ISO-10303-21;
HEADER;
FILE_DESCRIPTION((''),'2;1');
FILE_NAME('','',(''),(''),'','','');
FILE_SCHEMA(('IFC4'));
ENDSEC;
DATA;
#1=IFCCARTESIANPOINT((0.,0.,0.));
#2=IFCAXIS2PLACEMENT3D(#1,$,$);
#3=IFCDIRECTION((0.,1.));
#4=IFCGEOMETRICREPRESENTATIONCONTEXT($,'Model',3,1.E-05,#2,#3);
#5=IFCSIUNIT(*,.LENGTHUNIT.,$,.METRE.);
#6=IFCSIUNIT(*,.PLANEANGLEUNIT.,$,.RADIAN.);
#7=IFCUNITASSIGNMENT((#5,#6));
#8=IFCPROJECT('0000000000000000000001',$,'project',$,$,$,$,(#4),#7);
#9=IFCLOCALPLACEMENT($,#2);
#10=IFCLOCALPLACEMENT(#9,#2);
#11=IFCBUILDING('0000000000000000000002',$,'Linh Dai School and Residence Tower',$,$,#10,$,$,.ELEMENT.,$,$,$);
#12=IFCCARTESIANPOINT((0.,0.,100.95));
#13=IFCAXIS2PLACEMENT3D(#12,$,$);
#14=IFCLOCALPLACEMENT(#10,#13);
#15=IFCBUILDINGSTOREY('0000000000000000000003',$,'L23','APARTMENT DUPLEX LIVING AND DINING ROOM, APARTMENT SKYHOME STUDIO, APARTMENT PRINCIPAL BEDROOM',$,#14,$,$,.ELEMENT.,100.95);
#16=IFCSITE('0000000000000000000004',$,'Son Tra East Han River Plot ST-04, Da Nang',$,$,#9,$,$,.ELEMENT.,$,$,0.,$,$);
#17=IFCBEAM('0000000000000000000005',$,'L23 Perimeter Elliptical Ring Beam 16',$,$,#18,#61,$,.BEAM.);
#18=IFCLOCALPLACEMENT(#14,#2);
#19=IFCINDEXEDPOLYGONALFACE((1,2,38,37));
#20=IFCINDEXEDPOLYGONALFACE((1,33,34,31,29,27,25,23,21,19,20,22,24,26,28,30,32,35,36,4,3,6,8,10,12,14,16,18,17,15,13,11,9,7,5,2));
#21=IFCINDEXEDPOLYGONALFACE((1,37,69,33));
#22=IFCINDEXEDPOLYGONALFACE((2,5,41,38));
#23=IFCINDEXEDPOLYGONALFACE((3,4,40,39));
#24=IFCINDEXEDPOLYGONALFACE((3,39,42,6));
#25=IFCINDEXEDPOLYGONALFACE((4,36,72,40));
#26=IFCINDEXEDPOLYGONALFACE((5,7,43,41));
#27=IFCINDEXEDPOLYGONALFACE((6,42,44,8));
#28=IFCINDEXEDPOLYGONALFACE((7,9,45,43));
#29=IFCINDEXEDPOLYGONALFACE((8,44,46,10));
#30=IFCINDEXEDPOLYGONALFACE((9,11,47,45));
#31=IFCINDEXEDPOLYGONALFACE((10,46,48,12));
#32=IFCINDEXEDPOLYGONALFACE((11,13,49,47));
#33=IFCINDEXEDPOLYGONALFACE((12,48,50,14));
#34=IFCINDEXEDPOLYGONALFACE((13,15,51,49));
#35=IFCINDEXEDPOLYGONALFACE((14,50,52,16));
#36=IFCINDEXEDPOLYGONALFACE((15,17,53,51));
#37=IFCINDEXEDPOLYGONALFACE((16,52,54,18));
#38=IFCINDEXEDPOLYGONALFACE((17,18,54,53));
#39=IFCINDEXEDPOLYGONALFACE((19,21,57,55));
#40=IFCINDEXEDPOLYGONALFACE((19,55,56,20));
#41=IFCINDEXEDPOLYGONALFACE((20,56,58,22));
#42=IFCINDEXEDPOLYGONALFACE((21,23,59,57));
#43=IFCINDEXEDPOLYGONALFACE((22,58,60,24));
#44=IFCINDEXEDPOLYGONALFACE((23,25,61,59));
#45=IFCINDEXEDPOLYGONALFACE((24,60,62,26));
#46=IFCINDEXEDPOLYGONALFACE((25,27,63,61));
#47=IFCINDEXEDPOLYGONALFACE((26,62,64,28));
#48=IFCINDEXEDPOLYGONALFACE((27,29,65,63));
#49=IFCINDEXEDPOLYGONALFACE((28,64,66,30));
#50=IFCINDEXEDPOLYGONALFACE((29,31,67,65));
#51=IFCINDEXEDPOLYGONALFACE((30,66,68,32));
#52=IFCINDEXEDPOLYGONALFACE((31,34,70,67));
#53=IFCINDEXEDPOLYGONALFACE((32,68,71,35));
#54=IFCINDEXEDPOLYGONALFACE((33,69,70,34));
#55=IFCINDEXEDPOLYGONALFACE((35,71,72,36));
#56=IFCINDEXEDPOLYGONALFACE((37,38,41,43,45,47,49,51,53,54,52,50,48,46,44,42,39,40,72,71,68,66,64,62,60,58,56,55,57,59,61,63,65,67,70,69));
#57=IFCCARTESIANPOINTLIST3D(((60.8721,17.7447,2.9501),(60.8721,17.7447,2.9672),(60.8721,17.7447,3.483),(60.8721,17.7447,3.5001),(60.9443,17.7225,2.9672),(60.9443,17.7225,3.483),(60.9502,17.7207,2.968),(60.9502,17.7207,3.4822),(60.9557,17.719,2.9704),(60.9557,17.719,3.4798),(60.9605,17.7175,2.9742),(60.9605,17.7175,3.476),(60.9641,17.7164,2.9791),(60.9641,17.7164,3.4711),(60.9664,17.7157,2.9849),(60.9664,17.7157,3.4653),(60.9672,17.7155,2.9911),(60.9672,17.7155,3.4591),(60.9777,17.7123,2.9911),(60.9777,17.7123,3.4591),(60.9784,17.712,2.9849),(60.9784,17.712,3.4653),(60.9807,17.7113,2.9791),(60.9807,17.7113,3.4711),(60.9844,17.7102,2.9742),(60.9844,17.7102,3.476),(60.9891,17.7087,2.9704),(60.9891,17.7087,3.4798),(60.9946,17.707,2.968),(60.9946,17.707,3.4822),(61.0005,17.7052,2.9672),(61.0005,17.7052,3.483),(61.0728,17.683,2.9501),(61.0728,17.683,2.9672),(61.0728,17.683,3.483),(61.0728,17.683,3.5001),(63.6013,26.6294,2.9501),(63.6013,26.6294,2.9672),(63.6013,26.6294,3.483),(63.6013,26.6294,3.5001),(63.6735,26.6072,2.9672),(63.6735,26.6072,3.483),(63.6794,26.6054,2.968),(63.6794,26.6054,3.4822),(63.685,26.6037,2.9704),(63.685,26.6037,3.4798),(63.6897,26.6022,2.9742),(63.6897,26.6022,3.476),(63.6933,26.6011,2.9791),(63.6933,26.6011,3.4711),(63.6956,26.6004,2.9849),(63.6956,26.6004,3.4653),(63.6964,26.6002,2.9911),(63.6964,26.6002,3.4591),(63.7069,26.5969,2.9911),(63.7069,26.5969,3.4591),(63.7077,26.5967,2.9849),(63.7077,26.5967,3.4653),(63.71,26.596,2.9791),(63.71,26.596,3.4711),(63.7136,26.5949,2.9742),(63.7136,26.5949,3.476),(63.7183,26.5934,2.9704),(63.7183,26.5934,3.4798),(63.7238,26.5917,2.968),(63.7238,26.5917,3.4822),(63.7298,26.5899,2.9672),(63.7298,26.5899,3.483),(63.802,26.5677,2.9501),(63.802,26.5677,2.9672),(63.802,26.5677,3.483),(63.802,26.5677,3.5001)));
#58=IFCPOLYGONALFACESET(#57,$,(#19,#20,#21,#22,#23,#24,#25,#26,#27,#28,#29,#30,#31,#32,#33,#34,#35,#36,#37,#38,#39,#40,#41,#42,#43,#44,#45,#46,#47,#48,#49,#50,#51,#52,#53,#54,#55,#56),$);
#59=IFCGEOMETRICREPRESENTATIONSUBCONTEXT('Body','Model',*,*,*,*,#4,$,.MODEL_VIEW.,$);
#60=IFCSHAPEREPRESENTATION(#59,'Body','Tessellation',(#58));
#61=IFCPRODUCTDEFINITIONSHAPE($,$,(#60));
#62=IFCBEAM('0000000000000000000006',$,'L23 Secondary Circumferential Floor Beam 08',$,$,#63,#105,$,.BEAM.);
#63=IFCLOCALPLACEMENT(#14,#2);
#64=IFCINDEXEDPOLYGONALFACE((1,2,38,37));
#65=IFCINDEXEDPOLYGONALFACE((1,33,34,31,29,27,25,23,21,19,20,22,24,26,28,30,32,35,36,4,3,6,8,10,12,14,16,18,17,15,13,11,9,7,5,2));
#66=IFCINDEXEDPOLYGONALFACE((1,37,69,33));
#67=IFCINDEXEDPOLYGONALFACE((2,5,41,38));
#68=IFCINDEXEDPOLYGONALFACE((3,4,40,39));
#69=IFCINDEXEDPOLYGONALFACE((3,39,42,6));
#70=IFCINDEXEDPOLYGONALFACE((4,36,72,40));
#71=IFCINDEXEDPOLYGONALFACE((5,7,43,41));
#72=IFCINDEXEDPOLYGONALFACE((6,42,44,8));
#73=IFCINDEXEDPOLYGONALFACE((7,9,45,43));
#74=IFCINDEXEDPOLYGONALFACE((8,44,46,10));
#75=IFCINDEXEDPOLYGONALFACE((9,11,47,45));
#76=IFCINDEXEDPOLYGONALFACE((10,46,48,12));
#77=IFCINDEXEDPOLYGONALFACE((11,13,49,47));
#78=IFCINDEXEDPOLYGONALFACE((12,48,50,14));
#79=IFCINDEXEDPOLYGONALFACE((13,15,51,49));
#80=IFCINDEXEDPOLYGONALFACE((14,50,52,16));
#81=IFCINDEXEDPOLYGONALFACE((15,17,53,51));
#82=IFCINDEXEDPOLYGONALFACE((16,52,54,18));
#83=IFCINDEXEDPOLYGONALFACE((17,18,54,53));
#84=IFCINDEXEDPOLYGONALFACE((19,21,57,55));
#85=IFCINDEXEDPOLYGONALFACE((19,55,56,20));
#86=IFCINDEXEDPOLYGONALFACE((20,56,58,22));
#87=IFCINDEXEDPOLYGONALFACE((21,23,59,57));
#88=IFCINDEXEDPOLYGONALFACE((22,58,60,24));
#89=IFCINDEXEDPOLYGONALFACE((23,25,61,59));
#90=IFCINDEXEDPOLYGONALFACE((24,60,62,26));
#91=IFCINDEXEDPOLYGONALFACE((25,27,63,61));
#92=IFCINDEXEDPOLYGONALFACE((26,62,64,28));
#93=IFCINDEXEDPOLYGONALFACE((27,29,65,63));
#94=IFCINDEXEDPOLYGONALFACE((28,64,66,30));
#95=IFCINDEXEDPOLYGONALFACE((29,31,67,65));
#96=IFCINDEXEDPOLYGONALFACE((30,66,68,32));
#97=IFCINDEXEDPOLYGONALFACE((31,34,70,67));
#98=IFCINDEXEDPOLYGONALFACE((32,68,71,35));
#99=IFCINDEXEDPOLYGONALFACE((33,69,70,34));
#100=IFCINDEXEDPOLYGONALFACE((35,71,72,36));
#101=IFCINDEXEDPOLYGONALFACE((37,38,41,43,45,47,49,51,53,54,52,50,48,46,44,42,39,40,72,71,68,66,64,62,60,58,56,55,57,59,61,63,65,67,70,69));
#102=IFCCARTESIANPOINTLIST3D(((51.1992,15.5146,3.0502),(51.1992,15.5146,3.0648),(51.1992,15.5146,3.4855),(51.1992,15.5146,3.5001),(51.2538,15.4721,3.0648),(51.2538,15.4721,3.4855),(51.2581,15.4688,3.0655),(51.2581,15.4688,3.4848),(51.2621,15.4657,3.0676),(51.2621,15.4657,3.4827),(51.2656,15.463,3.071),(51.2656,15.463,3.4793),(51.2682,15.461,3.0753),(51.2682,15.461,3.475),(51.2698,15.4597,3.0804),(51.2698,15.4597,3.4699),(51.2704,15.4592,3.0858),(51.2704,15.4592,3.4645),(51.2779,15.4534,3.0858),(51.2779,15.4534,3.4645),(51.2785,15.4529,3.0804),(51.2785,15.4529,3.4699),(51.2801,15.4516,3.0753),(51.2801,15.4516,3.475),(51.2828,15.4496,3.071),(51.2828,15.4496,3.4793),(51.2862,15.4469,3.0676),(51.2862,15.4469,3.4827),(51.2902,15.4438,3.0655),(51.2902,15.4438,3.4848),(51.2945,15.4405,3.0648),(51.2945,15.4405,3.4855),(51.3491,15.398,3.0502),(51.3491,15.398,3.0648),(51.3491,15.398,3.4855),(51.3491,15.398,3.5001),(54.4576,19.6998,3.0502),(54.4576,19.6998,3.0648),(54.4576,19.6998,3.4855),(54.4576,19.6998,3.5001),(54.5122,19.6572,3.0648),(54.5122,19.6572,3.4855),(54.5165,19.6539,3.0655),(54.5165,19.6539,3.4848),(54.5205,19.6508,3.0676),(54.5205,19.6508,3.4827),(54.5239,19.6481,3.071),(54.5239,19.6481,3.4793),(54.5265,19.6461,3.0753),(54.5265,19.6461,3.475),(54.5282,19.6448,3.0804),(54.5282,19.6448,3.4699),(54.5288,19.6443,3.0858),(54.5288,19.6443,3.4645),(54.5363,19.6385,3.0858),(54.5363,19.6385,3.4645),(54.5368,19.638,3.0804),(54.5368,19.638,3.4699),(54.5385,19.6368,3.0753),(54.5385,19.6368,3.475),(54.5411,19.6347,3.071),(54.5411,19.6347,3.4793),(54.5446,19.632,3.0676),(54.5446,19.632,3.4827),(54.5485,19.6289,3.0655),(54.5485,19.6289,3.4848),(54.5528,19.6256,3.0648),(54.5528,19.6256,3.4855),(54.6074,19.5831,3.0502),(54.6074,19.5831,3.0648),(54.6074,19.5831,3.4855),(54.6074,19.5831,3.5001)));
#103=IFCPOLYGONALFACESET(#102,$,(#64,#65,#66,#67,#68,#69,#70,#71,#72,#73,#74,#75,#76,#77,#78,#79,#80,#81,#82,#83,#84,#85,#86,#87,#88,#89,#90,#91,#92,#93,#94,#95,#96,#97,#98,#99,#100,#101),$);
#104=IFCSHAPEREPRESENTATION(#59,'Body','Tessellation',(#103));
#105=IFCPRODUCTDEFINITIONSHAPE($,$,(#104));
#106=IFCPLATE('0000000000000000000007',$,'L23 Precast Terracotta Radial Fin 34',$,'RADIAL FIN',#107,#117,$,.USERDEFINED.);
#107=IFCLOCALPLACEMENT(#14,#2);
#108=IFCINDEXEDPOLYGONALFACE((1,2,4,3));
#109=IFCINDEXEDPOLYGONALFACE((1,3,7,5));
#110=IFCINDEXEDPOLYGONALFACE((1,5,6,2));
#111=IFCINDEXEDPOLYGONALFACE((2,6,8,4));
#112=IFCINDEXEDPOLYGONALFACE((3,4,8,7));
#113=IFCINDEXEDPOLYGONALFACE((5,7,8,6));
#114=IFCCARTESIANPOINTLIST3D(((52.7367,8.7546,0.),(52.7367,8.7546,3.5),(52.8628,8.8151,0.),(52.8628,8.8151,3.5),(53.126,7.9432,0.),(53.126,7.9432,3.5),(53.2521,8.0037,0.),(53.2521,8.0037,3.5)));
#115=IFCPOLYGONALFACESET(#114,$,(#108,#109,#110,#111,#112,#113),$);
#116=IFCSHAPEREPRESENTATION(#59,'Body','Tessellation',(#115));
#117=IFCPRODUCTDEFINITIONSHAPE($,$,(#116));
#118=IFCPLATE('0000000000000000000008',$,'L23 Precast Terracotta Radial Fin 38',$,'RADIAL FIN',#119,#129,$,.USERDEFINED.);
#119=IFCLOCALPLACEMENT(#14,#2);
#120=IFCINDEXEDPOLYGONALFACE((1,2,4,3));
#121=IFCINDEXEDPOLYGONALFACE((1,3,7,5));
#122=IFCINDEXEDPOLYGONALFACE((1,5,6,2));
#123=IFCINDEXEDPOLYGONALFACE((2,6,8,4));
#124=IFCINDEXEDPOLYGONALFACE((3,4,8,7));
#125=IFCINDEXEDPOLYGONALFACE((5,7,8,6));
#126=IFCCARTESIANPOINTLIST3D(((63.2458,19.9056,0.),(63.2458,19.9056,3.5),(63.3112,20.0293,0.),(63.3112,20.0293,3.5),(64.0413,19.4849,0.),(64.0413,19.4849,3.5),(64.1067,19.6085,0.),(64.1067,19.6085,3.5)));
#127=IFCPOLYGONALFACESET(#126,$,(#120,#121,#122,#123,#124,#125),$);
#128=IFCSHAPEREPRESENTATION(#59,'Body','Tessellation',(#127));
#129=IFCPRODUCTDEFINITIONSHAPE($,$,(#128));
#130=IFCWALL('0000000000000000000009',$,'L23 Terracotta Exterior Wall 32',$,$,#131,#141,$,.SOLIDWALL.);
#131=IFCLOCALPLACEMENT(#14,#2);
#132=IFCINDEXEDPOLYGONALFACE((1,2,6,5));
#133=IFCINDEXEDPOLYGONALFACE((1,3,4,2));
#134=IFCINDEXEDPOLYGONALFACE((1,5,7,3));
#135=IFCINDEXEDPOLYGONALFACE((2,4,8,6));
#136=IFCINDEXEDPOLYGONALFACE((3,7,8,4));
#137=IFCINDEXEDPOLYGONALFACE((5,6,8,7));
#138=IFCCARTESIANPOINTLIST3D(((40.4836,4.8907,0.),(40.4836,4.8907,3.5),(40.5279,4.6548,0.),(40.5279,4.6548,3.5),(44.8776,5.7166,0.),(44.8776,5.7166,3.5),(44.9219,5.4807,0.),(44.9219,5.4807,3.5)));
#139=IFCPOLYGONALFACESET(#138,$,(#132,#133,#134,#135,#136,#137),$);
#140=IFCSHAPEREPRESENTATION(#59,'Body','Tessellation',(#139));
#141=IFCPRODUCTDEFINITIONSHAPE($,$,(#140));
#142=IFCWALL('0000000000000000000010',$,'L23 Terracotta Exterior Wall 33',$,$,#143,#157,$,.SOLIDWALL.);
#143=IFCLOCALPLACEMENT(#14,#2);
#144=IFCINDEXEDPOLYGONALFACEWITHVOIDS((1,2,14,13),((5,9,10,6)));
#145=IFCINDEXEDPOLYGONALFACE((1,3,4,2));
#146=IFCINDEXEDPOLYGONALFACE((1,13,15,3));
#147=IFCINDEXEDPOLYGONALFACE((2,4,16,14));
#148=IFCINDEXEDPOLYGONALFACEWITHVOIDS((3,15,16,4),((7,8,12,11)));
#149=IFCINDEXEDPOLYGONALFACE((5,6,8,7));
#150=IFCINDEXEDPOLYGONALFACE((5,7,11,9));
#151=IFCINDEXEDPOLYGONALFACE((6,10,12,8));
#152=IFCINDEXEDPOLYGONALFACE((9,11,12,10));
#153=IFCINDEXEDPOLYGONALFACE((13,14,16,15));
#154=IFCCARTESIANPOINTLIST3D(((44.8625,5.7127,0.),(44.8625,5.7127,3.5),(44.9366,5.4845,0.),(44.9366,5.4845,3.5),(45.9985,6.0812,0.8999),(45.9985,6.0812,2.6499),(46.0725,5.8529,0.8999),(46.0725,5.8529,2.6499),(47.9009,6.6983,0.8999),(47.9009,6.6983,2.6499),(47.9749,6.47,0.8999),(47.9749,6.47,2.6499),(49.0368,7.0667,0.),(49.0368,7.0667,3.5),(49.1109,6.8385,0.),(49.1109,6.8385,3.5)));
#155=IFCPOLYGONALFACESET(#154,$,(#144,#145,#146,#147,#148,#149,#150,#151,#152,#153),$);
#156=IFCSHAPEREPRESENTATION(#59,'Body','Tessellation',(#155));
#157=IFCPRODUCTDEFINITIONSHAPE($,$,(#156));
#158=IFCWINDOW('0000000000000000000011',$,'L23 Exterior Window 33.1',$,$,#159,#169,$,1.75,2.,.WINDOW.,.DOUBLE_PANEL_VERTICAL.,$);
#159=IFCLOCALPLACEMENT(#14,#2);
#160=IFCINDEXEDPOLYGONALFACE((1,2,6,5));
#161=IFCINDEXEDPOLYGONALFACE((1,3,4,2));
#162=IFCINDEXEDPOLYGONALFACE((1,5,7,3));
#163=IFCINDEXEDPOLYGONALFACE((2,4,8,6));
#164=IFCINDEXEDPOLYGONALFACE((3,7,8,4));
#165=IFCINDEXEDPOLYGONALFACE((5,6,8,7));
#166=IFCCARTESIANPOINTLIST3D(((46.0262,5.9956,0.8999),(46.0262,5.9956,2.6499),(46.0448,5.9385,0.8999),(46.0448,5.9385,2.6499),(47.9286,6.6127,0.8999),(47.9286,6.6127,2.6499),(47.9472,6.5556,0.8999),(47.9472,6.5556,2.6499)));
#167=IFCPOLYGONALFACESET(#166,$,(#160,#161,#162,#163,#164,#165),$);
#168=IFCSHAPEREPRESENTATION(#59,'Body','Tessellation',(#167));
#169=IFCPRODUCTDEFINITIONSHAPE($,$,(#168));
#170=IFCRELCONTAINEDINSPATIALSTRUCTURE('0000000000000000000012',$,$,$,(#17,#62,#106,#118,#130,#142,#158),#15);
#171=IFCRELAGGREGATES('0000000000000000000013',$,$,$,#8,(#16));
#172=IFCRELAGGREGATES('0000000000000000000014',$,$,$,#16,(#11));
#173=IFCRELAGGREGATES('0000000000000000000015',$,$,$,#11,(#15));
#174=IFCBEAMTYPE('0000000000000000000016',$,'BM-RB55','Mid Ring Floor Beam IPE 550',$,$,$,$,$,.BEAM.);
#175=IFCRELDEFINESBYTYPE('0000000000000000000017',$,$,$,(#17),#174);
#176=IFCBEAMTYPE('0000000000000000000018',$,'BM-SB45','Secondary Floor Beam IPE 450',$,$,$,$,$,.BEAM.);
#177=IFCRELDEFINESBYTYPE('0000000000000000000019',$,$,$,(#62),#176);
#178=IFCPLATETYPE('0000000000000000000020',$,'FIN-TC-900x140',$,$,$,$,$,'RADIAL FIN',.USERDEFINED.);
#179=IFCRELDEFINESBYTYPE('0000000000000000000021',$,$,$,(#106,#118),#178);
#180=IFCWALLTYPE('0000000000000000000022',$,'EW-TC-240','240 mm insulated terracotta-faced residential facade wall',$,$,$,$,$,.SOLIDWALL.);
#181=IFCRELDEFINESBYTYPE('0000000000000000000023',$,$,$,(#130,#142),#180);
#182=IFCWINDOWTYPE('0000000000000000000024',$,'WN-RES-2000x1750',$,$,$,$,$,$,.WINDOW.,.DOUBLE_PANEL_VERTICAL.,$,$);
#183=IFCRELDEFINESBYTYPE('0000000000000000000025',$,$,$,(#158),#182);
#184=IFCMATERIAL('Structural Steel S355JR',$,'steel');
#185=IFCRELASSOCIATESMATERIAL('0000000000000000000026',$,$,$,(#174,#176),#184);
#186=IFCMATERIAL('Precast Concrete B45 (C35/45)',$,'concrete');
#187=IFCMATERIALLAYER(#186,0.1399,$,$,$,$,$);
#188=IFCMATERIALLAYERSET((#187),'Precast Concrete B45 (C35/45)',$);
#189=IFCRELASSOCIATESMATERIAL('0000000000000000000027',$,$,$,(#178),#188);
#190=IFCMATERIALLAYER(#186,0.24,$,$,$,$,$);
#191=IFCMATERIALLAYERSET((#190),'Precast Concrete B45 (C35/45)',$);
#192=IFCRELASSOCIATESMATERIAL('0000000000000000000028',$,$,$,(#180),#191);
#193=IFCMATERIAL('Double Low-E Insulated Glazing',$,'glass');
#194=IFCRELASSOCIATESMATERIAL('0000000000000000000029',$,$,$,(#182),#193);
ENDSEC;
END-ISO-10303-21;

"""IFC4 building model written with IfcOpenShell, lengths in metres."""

from ifc_helpers import new_model, si_unit, direction, frame, frame_2d, origin, origin_2d, place, context, subcontext, project, spatial, rectangle, i_section, extrude, source, transform, mapped, material, layer, layer_set, material_profile, profile_set, type_object, element, fill, save


model = new_model("IFC4")

# Units and contexts
model_context = context("Model", 3, precision=1e-05, world=origin(), true_north=direction((0.0, 1.0)))
body_context = subcontext(model_context, "Body", "Model", "MODEL_VIEW")
ifc_project = project(units=[si_unit("LENGTHUNIT", "METRE"), si_unit("PLANEANGLEUNIT", "RADIAN")], contexts=[model_context])

# Site, building, storey
site_placement = place(None, origin())
site = spatial("IfcSite", under=ifc_project, at=site_placement, Name="Son Tra East Han River Plot ST-04, Da Nang", CompositionType="ELEMENT", RefElevation=0.0)
building_placement = place(site_placement, origin())
building = spatial("IfcBuilding", under=site, at=building_placement, Name="Linh Dai School and Residence Tower", CompositionType="ELEMENT")
storey_placement = place(building_placement, frame((0.0, 0.0, 100.95)))
storey = spatial("IfcBuildingStorey", under=building, at=storey_placement, Name="L23", Description="APARTMENT DUPLEX LIVING AND DINING ROOM, APARTMENT SKYHOME STUDIO, APARTMENT PRINCIPAL BEDROOM", CompositionType="ELEMENT", Elevation=100.95)

# Shared definitions
ifc_material_1 = material(Name="Structural Steel S355JR", Category="steel")

# Beams
ifc_material_profile_1 = material_profile(ifc_material_1, i_section(OverallWidth=0.21, OverallDepth=0.55, WebThickness=0.011, FlangeThickness=0.0171, FilletRadius=0.0239, at=origin_2d()), Name="IPE 550")
ifc_profile_set_1 = profile_set([ifc_material_profile_1], Name="Structural Steel S355JR")
beam_type_1 = type_object("IfcBeamType", Name="BM-RB55", Description="Mid Ring Floor Beam IPE 550", PredefinedType="BEAM", material=ifc_profile_set_1)
beam_1_placement = place(storey_placement, frame((60.9724, 17.7139, 3.2251), z_axis=(0.293641, 0.955916, 0.0), x_axis=(-0.955916, 0.293641, 0.0)))
element("IfcBeam", 1, at=beam_1_placement, inside=storey, type_object=beam_type_1, Name="L23 Perimeter Elliptical Ring Beam 16", PredefinedType="BEAM", context=body_context, shape_type="SweptSolid", body=[
    extrude(i_section(OverallWidth=0.21, OverallDepth=0.55, WebThickness=0.011, FlangeThickness=0.0171, FilletRadius=0.0239, at=origin_2d()), origin(), (0.0, 0.0, 1.0), 9.2944),
])
ifc_material_profile_2 = material_profile(ifc_material_1, i_section(OverallWidth=0.1899, OverallDepth=0.45, WebThickness=0.0095, FlangeThickness=0.0146, FilletRadius=0.021, at=origin_2d()), Name="IPE 450")
ifc_profile_set_2 = profile_set([ifc_material_profile_2], Name="Structural Steel S355JR")
beam_type_2 = type_object("IfcBeamType", Name="BM-SB45", Description="Secondary Floor Beam IPE 450", PredefinedType="BEAM", material=ifc_profile_set_2)
beam_2_placement = place(storey_placement, frame((51.2742, 15.4563, 3.2751), z_axis=(0.614323, 0.789055, 0.0), x_axis=(-0.789055, 0.614323, 0.0)))
element("IfcBeam", 2, at=beam_2_placement, inside=storey, type_object=beam_type_2, Name="L23 Secondary Circumferential Floor Beam 08", PredefinedType="BEAM", context=body_context, shape_type="SweptSolid", body=[
    extrude(i_section(OverallWidth=0.1899, OverallDepth=0.45, WebThickness=0.0095, FlangeThickness=0.0146, FilletRadius=0.021, at=origin_2d()), origin(), (0.0, 0.0, 1.0), 5.304),
])

# Plates
ifc_material_2 = material(Name="Precast Concrete B45 (C35/45)", Category="concrete")
ifc_layer_1 = layer(ifc_material_2, 0.1399)
ifc_layer_set_1 = layer_set([ifc_layer_1], Name="Precast Concrete B45 (C35/45)")
plate_type = type_object("IfcPlateType", Name="FIN-TC-900x140", ElementType="RADIAL FIN", PredefinedType="USERDEFINED", material=ifc_layer_set_1)
shared_shape_1 = source(origin(), body_context, "Body", "SweptSolid", [
    extrude(rectangle(XDim=0.8999, YDim=0.1399, at=origin_2d()), origin(), (0.0, 0.0, 1.0), 3.5),
])
for number, where, z_axis, x_axis, name in (
    (3, (52.9944, 8.3792, 0.0), (0.0, 0.0, 1.0), (0.432618, -0.901578, 0.0), "L23 Precast Terracotta Radial Fin 34"),
    (4, (63.6763, 19.7571, 0.0), (0.0, 0.0, 1.0), (0.883942, -0.467596, 0.0), "L23 Precast Terracotta Radial Fin 38"),
):
    element("IfcPlate", number, at=place(storey_placement, frame(where, z_axis=z_axis, x_axis=x_axis)), inside=storey, type_object=plate_type, Name=name, ObjectType="RADIAL FIN", PredefinedType="USERDEFINED", context=body_context, shape_type="MappedRepresentation", body=[
        mapped(shared_shape_1, transform((0.0, 0.0, 0.0), x_axis=(1.0, 0.0, 0.0), y_axis=(0.0, 1.0, 0.0), z_axis=(0.0, 0.0, 1.0), scale=1.0)),
    ])

# Wall
ifc_layer_2 = layer(ifc_material_2, 0.24)
ifc_layer_set_2 = layer_set([ifc_layer_2], Name="Precast Concrete B45 (C35/45)")
wall_type_1 = type_object("IfcWallType", Name="EW-TC-240", Description="240 mm insulated terracotta-faced residential facade wall", PredefinedType="SOLIDWALL", material=ifc_layer_set_2)
wall_1_placement = place(storey_placement, frame((44.8997, 5.5986, 0.0), z_axis=(0.0, 0.0, 1.0), x_axis=(-0.982789, -0.18473, 0.0)))
element("IfcWall", 5, at=wall_1_placement, inside=storey, type_object=wall_type_1, Name="L23 Terracotta Exterior Wall 32", PredefinedType="SOLIDWALL", context=body_context, shape_type="SweptSolid", body=[
    extrude(rectangle(XDim=4.4709, YDim=0.24, at=frame_2d((2.2354, 0.0))), origin(), (0.0, 0.0, 1.0), 3.5),
])

# Wall, opening, window
wall_2_placement = place(storey_placement, frame((49.074, 6.9526, 0.0), z_axis=(0.0, 0.0, 1.0), x_axis=(-0.951211, -0.30854, 0.0)))
wall_2 = element("IfcWall", 6, at=wall_2_placement, inside=storey, type_object=wall_type_1, Name="L23 Terracotta Exterior Wall 33", PredefinedType="SOLIDWALL", context=body_context, shape_type="SweptSolid", body=[
    extrude(rectangle(XDim=4.3884, YDim=0.24, at=frame_2d((2.1943, 0.0))), origin(), (0.0, 0.0, 1.0), 3.5),
])
opening_1_placement = place(wall_2_placement, frame((1.1943, 0.0, 0.8999)))
opening_1 = element("IfcOpeningElement", 7, at=opening_1_placement, cuts=wall_2, PredefinedType="OPENING", context=body_context, shape_type="SweptSolid", body=[
    extrude(rectangle(XDim=2.0, YDim=1.75, at=origin_2d()), frame((1.0, 0.1299, 0.875), z_axis=(0.0, -1.0, 0.0), x_axis=(1.0, 0.0, 0.0)), (0.0, 0.0, 1.0), 0.26),
])
ifc_material_3 = material(Name="Double Low-E Insulated Glazing", Category="glass")
window_type = type_object("IfcWindowType", Name="WN-RES-2000x1750", PartitioningType="DOUBLE_PANEL_VERTICAL", PredefinedType="WINDOW", material=ifc_material_3)
shared_shape_2 = source(origin(), body_context, "Body", "SweptSolid", [
    extrude(rectangle(XDim=2.0, YDim=1.75, at=origin_2d()), frame((1.0, 0.03, 0.875), z_axis=(0.0, -1.0, 0.0), x_axis=(1.0, 0.0, 0.0)), (0.0, 0.0, 1.0), 0.0601),
])
window_1_placement = place(opening_1_placement, origin())
window_1 = element("IfcWindow", 8, at=window_1_placement, inside=storey, type_object=window_type, Name="L23 Exterior Window 33.1", OverallHeight=1.75, OverallWidth=2.0, PartitioningType="DOUBLE_PANEL_VERTICAL", PredefinedType="WINDOW", context=body_context, shape_type="MappedRepresentation", body=[
    mapped(shared_shape_2, transform((0.0, 0.0, 0.0), x_axis=(1.0, 0.0, 0.0), y_axis=(0.0, 1.0, 0.0), z_axis=(0.0, 0.0, 1.0), scale=1.0)),
])
fill(opening_1, window_1)

save(model, "model.ifc")
